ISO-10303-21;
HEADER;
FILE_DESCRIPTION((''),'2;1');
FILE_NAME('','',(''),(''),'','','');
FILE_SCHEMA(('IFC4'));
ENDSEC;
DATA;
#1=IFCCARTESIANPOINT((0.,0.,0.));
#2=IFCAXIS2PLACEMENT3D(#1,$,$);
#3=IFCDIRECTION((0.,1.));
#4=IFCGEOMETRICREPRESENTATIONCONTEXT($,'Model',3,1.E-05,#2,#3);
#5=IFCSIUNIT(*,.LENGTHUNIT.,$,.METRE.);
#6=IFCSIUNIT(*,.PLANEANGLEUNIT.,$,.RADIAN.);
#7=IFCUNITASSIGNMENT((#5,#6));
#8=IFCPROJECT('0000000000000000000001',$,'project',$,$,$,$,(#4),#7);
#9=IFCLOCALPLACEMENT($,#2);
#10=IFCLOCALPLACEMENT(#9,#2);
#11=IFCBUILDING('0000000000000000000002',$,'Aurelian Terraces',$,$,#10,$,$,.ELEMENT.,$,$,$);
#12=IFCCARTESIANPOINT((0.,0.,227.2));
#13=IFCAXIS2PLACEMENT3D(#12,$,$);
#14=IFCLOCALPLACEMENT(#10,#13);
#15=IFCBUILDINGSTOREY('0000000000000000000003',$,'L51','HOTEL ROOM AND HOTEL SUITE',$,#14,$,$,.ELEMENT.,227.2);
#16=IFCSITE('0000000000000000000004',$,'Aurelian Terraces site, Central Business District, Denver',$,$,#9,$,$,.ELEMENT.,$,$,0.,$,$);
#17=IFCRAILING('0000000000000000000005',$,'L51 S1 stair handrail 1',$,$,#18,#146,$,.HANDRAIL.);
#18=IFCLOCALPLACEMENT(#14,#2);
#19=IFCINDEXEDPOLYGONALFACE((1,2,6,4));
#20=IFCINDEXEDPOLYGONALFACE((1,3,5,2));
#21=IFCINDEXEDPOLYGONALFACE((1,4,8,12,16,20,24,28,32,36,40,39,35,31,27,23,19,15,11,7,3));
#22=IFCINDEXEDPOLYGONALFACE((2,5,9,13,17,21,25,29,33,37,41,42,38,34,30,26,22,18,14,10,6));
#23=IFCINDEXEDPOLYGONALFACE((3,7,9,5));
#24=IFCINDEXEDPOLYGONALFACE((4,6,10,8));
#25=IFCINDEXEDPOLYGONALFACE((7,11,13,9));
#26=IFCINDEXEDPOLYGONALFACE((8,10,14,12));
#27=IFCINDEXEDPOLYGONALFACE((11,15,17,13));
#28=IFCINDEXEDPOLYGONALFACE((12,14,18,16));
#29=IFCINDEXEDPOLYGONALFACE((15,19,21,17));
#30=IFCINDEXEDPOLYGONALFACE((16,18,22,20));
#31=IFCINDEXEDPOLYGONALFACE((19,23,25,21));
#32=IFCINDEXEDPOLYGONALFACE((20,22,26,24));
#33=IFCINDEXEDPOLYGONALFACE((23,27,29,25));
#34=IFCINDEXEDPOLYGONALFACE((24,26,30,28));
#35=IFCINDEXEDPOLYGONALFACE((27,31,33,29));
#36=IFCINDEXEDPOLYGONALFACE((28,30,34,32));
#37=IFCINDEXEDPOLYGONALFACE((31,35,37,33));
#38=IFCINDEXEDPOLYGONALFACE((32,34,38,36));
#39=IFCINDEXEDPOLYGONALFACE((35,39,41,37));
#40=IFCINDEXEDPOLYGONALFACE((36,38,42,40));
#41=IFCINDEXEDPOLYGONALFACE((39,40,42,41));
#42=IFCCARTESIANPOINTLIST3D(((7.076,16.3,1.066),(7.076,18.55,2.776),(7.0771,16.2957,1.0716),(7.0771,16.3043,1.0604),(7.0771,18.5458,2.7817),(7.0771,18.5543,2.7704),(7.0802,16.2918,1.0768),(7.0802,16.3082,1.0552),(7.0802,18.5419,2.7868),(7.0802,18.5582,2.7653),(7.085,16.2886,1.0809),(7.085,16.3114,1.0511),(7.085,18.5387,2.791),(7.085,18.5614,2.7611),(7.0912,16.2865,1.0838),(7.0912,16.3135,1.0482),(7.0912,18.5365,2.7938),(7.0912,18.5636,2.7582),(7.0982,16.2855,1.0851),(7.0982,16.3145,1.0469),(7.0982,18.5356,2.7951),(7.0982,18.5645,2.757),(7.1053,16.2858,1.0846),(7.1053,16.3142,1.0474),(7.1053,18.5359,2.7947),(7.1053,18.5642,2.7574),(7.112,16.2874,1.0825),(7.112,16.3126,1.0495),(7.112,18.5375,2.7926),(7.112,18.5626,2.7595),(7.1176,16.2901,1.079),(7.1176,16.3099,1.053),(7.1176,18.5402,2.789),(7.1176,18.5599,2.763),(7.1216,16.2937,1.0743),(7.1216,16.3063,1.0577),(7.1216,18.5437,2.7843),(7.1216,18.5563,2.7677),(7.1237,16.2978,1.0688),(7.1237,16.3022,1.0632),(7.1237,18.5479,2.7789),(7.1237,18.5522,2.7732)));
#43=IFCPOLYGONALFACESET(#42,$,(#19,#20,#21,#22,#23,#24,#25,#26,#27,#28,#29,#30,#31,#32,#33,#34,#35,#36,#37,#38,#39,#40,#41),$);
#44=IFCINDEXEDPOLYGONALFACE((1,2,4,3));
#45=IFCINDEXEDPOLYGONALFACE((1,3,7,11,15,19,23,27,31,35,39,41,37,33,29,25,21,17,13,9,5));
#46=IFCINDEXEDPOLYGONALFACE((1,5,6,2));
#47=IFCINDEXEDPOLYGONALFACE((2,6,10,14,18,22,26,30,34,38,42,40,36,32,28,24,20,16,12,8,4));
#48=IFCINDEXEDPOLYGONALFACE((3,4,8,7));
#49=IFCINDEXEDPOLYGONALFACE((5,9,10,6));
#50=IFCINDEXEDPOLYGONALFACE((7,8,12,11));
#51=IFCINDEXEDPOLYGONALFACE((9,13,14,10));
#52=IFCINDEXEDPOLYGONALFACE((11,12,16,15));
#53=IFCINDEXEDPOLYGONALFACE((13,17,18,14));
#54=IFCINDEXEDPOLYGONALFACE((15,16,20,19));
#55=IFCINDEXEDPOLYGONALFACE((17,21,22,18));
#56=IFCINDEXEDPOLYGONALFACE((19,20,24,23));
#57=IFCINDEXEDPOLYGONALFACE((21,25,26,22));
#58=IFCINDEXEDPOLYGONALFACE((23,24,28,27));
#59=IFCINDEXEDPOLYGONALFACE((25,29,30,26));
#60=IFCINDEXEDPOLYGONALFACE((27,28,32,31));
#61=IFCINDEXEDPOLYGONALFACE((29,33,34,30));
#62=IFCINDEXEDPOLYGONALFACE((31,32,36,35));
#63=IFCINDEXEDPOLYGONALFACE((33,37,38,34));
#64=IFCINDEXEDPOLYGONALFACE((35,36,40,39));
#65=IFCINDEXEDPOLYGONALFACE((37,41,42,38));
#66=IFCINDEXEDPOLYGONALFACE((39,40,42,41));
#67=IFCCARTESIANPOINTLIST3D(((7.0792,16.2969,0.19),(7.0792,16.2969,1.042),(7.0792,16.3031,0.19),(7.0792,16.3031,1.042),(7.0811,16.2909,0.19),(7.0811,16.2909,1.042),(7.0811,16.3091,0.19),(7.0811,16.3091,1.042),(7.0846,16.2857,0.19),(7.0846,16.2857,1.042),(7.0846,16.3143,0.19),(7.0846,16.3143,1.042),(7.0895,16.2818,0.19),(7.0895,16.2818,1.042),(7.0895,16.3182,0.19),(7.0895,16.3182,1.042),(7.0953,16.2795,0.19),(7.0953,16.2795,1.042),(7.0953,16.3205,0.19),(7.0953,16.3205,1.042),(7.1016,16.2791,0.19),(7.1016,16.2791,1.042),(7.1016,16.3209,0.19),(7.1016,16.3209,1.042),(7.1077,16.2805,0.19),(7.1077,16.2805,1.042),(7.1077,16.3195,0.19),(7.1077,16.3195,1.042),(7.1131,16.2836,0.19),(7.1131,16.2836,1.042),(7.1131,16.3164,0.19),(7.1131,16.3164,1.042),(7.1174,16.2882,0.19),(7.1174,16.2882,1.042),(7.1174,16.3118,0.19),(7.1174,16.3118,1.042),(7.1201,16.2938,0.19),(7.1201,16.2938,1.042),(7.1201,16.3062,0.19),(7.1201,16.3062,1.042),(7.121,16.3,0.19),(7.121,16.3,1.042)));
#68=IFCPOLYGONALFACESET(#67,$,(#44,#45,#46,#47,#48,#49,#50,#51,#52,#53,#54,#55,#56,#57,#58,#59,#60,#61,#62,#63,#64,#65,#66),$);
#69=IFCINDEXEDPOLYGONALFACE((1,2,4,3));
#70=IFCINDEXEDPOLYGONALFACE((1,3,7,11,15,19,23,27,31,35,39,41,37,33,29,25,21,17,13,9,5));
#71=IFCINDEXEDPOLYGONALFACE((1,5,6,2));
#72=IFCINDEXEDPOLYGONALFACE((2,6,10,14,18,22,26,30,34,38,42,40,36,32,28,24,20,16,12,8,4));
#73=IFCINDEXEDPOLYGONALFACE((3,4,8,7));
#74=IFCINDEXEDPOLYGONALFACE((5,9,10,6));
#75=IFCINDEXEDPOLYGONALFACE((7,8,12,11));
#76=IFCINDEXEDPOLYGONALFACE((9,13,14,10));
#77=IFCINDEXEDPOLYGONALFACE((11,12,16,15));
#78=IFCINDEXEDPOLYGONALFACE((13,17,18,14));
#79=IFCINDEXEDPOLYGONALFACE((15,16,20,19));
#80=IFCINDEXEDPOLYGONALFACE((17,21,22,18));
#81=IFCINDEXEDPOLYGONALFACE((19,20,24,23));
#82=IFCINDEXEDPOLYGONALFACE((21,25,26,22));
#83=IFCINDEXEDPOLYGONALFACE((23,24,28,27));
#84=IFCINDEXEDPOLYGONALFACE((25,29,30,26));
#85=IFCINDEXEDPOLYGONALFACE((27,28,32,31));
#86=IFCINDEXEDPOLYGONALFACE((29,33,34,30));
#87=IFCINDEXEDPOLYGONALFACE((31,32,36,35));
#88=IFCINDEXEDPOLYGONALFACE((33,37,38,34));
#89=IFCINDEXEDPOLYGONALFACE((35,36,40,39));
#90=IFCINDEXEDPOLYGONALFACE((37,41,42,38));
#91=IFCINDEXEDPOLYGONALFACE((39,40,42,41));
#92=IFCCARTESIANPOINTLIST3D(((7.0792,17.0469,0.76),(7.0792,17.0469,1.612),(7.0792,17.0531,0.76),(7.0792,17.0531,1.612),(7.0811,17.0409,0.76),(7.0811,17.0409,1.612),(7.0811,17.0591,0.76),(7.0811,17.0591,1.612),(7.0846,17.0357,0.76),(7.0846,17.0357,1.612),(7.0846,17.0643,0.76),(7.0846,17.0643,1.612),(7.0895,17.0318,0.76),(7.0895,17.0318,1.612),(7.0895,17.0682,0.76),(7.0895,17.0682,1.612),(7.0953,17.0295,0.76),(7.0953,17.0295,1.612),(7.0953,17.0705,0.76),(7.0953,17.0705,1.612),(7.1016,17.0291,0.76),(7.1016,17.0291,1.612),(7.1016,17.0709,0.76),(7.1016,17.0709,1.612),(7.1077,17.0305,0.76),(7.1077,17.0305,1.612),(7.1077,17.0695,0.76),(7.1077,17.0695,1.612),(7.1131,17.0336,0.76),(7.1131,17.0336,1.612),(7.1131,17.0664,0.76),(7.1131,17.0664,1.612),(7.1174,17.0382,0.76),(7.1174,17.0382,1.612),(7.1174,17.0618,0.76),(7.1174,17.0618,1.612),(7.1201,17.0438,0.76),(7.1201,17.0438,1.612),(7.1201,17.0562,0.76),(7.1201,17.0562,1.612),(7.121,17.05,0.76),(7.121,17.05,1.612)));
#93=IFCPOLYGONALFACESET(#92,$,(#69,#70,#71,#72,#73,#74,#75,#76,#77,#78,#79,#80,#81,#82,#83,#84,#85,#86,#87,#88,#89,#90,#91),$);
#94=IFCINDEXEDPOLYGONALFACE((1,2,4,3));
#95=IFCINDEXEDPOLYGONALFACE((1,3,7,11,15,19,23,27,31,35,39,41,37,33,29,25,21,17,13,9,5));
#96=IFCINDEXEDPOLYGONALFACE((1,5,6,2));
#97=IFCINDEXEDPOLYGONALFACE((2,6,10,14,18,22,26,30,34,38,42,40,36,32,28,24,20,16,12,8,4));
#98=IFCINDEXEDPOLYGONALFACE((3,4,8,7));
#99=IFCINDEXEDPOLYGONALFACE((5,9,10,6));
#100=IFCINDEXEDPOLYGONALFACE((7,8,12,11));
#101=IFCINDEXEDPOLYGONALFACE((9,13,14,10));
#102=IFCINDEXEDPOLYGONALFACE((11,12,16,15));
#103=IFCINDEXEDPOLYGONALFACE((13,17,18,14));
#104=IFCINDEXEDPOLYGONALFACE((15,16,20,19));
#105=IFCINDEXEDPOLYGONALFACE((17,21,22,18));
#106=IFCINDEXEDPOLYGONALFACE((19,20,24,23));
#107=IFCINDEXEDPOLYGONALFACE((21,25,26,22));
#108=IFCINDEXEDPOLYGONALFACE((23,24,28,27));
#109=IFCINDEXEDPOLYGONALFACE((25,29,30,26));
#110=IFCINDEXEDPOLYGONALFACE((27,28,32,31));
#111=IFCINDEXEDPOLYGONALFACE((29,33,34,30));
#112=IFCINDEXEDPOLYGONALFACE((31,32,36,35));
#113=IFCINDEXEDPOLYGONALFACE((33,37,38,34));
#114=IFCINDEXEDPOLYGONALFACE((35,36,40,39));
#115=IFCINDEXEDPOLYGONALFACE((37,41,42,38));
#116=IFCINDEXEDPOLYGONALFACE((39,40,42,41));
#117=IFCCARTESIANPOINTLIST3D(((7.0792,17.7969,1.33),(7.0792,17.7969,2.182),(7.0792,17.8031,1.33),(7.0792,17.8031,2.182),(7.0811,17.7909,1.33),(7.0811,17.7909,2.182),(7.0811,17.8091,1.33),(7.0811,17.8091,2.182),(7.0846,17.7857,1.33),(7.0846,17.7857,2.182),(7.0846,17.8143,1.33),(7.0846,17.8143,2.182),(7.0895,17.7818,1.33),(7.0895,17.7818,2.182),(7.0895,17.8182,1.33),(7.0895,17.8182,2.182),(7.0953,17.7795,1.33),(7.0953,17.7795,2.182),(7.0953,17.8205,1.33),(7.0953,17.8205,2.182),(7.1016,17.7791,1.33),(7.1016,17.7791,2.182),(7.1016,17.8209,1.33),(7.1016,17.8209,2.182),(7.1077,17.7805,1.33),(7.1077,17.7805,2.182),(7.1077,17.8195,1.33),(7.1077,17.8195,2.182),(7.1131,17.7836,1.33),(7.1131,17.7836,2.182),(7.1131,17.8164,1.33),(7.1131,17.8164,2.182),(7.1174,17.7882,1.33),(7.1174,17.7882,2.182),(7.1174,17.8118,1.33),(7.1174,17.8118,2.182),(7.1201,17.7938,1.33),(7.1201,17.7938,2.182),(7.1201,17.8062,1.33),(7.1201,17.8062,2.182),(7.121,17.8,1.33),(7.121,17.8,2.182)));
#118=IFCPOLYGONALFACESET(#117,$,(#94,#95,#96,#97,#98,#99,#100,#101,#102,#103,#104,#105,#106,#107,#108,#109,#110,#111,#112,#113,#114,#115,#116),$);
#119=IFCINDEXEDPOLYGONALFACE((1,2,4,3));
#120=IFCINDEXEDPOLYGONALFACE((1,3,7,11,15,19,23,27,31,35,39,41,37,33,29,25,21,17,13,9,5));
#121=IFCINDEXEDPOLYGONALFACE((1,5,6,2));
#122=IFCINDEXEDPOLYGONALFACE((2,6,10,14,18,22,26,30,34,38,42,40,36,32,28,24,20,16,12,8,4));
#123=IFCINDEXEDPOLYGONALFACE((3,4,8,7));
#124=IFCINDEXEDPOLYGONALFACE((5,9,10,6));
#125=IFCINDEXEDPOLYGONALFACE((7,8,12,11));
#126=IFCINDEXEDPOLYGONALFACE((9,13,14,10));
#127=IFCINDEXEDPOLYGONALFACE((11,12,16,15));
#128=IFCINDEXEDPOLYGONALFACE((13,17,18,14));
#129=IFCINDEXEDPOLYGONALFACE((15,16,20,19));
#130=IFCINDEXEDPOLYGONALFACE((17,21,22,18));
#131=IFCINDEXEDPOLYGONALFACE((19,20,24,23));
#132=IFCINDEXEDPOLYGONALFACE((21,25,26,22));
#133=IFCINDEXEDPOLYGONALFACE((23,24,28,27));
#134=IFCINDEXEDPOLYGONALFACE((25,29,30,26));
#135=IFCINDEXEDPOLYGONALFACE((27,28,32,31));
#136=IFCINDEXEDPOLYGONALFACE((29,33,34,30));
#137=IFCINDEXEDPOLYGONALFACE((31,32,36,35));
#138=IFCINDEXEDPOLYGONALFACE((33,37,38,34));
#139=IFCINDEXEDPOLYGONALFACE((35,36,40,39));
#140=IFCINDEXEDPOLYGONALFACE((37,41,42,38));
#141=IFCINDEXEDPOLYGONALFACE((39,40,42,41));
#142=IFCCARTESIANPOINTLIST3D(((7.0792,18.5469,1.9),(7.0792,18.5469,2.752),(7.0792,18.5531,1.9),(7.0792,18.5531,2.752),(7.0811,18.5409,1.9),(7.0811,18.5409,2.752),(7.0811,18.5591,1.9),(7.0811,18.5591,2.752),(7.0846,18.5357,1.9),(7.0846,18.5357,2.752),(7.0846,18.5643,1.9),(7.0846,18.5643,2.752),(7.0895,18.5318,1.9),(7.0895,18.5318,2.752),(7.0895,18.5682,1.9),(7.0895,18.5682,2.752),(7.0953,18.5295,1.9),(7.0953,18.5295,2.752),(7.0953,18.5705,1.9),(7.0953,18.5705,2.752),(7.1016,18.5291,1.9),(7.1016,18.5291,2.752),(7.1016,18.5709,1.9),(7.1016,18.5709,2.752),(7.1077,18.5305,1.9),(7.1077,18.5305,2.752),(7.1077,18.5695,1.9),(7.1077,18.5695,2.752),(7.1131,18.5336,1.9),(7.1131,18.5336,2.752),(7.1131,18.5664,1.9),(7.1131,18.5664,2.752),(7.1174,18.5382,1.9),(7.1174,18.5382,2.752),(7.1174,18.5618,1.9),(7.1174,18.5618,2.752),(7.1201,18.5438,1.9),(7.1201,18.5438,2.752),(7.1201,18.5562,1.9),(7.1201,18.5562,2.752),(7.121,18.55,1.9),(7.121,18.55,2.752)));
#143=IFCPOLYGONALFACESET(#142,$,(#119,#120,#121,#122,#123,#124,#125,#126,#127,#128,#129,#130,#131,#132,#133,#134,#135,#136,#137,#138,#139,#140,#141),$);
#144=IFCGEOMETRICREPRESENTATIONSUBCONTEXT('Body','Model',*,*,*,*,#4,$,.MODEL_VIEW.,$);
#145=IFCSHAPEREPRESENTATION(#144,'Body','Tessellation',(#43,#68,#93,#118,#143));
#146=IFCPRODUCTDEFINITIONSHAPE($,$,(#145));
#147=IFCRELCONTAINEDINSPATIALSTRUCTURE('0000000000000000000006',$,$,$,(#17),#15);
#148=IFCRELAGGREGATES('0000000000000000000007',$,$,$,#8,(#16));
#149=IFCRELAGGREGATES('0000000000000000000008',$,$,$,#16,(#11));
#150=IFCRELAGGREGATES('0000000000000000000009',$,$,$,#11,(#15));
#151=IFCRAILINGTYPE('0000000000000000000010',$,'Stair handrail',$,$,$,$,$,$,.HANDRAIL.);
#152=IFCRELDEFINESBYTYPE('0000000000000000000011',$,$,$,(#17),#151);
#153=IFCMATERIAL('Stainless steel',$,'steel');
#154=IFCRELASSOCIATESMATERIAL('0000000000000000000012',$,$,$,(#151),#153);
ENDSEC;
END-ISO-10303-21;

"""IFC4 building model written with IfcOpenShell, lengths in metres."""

from ifc_helpers import new_model, si_unit, direction, frame, origin, origin_2d, place, context, subcontext, project, spatial, circle, extrude, source, transform, mapped, material, type_object, element, save


model = new_model("IFC4")

# Units and contexts
model_context = context("Model", 3, precision=1e-05, world=origin(), true_north=direction((0.0, 1.0)))
body_context = subcontext(model_context, "Body", "Model", "MODEL_VIEW")
ifc_project = project(units=[si_unit("LENGTHUNIT", "METRE"), si_unit("PLANEANGLEUNIT", "RADIAN")], contexts=[model_context])

# Site, building, storey
site_placement = place(None, origin())
site = spatial("IfcSite", under=ifc_project, at=site_placement, Name="Aurelian Terraces site, Central Business District, Denver", CompositionType="ELEMENT", RefElevation=0.0)
building_placement = place(site_placement, origin())
building = spatial("IfcBuilding", under=site, at=building_placement, Name="Aurelian Terraces", CompositionType="ELEMENT")
storey_placement = place(building_placement, frame((0.0, 0.0, 227.2)))
storey = spatial("IfcBuildingStorey", under=building, at=storey_placement, Name="L51", Description="HOTEL ROOM AND HOTEL SUITE", CompositionType="ELEMENT", Elevation=227.2)

# Shared definitions
ifc_material_1 = material(Name="Stainless steel", Category="steel")

# Railing
railing_type_1 = type_object("IfcRailingType", Name="Stair handrail", PredefinedType="HANDRAIL", material=ifc_material_1)
shared_shape_1 = source(origin(), body_context, "Body", "SweptSolid", [
    extrude(circle(Radius=0.024, at=origin_2d()), frame((0.0, 0.0, 0.876), z_axis=(0.0, 0.796162, 0.605083), x_axis=(-1.0, 0.0, 0.0)), (0.0, 0.0, 1.0), 2.8261),
    extrude(circle(Radius=0.021, at=origin_2d()), origin(), (0.0, 0.0, 1.0), 0.852),
    extrude(circle(Radius=0.021, at=origin_2d()), frame((0.0, 0.75, 0.57)), (0.0, 0.0, 1.0), 0.852),
    extrude(circle(Radius=0.021, at=origin_2d()), frame((0.0, 1.5, 1.14)), (0.0, 0.0, 1.0), 0.852),
    extrude(circle(Radius=0.021, at=origin_2d()), frame((0.0, 2.25, 1.71)), (0.0, 0.0, 1.0), 0.852),
])
railing_1_placement = place(storey_placement, frame((7.1, 16.3, 0.19)))
element("IfcRailing", 1, at=railing_1_placement, inside=storey, type_object=railing_type_1, Name="L51 S1 stair handrail 1", PredefinedType="HANDRAIL", context=body_context, shape_type="MappedRepresentation", body=[
    mapped(shared_shape_1, transform((0.0, 0.0, 0.0), scale=1.0)),
])

save(model, "model.ifc")
